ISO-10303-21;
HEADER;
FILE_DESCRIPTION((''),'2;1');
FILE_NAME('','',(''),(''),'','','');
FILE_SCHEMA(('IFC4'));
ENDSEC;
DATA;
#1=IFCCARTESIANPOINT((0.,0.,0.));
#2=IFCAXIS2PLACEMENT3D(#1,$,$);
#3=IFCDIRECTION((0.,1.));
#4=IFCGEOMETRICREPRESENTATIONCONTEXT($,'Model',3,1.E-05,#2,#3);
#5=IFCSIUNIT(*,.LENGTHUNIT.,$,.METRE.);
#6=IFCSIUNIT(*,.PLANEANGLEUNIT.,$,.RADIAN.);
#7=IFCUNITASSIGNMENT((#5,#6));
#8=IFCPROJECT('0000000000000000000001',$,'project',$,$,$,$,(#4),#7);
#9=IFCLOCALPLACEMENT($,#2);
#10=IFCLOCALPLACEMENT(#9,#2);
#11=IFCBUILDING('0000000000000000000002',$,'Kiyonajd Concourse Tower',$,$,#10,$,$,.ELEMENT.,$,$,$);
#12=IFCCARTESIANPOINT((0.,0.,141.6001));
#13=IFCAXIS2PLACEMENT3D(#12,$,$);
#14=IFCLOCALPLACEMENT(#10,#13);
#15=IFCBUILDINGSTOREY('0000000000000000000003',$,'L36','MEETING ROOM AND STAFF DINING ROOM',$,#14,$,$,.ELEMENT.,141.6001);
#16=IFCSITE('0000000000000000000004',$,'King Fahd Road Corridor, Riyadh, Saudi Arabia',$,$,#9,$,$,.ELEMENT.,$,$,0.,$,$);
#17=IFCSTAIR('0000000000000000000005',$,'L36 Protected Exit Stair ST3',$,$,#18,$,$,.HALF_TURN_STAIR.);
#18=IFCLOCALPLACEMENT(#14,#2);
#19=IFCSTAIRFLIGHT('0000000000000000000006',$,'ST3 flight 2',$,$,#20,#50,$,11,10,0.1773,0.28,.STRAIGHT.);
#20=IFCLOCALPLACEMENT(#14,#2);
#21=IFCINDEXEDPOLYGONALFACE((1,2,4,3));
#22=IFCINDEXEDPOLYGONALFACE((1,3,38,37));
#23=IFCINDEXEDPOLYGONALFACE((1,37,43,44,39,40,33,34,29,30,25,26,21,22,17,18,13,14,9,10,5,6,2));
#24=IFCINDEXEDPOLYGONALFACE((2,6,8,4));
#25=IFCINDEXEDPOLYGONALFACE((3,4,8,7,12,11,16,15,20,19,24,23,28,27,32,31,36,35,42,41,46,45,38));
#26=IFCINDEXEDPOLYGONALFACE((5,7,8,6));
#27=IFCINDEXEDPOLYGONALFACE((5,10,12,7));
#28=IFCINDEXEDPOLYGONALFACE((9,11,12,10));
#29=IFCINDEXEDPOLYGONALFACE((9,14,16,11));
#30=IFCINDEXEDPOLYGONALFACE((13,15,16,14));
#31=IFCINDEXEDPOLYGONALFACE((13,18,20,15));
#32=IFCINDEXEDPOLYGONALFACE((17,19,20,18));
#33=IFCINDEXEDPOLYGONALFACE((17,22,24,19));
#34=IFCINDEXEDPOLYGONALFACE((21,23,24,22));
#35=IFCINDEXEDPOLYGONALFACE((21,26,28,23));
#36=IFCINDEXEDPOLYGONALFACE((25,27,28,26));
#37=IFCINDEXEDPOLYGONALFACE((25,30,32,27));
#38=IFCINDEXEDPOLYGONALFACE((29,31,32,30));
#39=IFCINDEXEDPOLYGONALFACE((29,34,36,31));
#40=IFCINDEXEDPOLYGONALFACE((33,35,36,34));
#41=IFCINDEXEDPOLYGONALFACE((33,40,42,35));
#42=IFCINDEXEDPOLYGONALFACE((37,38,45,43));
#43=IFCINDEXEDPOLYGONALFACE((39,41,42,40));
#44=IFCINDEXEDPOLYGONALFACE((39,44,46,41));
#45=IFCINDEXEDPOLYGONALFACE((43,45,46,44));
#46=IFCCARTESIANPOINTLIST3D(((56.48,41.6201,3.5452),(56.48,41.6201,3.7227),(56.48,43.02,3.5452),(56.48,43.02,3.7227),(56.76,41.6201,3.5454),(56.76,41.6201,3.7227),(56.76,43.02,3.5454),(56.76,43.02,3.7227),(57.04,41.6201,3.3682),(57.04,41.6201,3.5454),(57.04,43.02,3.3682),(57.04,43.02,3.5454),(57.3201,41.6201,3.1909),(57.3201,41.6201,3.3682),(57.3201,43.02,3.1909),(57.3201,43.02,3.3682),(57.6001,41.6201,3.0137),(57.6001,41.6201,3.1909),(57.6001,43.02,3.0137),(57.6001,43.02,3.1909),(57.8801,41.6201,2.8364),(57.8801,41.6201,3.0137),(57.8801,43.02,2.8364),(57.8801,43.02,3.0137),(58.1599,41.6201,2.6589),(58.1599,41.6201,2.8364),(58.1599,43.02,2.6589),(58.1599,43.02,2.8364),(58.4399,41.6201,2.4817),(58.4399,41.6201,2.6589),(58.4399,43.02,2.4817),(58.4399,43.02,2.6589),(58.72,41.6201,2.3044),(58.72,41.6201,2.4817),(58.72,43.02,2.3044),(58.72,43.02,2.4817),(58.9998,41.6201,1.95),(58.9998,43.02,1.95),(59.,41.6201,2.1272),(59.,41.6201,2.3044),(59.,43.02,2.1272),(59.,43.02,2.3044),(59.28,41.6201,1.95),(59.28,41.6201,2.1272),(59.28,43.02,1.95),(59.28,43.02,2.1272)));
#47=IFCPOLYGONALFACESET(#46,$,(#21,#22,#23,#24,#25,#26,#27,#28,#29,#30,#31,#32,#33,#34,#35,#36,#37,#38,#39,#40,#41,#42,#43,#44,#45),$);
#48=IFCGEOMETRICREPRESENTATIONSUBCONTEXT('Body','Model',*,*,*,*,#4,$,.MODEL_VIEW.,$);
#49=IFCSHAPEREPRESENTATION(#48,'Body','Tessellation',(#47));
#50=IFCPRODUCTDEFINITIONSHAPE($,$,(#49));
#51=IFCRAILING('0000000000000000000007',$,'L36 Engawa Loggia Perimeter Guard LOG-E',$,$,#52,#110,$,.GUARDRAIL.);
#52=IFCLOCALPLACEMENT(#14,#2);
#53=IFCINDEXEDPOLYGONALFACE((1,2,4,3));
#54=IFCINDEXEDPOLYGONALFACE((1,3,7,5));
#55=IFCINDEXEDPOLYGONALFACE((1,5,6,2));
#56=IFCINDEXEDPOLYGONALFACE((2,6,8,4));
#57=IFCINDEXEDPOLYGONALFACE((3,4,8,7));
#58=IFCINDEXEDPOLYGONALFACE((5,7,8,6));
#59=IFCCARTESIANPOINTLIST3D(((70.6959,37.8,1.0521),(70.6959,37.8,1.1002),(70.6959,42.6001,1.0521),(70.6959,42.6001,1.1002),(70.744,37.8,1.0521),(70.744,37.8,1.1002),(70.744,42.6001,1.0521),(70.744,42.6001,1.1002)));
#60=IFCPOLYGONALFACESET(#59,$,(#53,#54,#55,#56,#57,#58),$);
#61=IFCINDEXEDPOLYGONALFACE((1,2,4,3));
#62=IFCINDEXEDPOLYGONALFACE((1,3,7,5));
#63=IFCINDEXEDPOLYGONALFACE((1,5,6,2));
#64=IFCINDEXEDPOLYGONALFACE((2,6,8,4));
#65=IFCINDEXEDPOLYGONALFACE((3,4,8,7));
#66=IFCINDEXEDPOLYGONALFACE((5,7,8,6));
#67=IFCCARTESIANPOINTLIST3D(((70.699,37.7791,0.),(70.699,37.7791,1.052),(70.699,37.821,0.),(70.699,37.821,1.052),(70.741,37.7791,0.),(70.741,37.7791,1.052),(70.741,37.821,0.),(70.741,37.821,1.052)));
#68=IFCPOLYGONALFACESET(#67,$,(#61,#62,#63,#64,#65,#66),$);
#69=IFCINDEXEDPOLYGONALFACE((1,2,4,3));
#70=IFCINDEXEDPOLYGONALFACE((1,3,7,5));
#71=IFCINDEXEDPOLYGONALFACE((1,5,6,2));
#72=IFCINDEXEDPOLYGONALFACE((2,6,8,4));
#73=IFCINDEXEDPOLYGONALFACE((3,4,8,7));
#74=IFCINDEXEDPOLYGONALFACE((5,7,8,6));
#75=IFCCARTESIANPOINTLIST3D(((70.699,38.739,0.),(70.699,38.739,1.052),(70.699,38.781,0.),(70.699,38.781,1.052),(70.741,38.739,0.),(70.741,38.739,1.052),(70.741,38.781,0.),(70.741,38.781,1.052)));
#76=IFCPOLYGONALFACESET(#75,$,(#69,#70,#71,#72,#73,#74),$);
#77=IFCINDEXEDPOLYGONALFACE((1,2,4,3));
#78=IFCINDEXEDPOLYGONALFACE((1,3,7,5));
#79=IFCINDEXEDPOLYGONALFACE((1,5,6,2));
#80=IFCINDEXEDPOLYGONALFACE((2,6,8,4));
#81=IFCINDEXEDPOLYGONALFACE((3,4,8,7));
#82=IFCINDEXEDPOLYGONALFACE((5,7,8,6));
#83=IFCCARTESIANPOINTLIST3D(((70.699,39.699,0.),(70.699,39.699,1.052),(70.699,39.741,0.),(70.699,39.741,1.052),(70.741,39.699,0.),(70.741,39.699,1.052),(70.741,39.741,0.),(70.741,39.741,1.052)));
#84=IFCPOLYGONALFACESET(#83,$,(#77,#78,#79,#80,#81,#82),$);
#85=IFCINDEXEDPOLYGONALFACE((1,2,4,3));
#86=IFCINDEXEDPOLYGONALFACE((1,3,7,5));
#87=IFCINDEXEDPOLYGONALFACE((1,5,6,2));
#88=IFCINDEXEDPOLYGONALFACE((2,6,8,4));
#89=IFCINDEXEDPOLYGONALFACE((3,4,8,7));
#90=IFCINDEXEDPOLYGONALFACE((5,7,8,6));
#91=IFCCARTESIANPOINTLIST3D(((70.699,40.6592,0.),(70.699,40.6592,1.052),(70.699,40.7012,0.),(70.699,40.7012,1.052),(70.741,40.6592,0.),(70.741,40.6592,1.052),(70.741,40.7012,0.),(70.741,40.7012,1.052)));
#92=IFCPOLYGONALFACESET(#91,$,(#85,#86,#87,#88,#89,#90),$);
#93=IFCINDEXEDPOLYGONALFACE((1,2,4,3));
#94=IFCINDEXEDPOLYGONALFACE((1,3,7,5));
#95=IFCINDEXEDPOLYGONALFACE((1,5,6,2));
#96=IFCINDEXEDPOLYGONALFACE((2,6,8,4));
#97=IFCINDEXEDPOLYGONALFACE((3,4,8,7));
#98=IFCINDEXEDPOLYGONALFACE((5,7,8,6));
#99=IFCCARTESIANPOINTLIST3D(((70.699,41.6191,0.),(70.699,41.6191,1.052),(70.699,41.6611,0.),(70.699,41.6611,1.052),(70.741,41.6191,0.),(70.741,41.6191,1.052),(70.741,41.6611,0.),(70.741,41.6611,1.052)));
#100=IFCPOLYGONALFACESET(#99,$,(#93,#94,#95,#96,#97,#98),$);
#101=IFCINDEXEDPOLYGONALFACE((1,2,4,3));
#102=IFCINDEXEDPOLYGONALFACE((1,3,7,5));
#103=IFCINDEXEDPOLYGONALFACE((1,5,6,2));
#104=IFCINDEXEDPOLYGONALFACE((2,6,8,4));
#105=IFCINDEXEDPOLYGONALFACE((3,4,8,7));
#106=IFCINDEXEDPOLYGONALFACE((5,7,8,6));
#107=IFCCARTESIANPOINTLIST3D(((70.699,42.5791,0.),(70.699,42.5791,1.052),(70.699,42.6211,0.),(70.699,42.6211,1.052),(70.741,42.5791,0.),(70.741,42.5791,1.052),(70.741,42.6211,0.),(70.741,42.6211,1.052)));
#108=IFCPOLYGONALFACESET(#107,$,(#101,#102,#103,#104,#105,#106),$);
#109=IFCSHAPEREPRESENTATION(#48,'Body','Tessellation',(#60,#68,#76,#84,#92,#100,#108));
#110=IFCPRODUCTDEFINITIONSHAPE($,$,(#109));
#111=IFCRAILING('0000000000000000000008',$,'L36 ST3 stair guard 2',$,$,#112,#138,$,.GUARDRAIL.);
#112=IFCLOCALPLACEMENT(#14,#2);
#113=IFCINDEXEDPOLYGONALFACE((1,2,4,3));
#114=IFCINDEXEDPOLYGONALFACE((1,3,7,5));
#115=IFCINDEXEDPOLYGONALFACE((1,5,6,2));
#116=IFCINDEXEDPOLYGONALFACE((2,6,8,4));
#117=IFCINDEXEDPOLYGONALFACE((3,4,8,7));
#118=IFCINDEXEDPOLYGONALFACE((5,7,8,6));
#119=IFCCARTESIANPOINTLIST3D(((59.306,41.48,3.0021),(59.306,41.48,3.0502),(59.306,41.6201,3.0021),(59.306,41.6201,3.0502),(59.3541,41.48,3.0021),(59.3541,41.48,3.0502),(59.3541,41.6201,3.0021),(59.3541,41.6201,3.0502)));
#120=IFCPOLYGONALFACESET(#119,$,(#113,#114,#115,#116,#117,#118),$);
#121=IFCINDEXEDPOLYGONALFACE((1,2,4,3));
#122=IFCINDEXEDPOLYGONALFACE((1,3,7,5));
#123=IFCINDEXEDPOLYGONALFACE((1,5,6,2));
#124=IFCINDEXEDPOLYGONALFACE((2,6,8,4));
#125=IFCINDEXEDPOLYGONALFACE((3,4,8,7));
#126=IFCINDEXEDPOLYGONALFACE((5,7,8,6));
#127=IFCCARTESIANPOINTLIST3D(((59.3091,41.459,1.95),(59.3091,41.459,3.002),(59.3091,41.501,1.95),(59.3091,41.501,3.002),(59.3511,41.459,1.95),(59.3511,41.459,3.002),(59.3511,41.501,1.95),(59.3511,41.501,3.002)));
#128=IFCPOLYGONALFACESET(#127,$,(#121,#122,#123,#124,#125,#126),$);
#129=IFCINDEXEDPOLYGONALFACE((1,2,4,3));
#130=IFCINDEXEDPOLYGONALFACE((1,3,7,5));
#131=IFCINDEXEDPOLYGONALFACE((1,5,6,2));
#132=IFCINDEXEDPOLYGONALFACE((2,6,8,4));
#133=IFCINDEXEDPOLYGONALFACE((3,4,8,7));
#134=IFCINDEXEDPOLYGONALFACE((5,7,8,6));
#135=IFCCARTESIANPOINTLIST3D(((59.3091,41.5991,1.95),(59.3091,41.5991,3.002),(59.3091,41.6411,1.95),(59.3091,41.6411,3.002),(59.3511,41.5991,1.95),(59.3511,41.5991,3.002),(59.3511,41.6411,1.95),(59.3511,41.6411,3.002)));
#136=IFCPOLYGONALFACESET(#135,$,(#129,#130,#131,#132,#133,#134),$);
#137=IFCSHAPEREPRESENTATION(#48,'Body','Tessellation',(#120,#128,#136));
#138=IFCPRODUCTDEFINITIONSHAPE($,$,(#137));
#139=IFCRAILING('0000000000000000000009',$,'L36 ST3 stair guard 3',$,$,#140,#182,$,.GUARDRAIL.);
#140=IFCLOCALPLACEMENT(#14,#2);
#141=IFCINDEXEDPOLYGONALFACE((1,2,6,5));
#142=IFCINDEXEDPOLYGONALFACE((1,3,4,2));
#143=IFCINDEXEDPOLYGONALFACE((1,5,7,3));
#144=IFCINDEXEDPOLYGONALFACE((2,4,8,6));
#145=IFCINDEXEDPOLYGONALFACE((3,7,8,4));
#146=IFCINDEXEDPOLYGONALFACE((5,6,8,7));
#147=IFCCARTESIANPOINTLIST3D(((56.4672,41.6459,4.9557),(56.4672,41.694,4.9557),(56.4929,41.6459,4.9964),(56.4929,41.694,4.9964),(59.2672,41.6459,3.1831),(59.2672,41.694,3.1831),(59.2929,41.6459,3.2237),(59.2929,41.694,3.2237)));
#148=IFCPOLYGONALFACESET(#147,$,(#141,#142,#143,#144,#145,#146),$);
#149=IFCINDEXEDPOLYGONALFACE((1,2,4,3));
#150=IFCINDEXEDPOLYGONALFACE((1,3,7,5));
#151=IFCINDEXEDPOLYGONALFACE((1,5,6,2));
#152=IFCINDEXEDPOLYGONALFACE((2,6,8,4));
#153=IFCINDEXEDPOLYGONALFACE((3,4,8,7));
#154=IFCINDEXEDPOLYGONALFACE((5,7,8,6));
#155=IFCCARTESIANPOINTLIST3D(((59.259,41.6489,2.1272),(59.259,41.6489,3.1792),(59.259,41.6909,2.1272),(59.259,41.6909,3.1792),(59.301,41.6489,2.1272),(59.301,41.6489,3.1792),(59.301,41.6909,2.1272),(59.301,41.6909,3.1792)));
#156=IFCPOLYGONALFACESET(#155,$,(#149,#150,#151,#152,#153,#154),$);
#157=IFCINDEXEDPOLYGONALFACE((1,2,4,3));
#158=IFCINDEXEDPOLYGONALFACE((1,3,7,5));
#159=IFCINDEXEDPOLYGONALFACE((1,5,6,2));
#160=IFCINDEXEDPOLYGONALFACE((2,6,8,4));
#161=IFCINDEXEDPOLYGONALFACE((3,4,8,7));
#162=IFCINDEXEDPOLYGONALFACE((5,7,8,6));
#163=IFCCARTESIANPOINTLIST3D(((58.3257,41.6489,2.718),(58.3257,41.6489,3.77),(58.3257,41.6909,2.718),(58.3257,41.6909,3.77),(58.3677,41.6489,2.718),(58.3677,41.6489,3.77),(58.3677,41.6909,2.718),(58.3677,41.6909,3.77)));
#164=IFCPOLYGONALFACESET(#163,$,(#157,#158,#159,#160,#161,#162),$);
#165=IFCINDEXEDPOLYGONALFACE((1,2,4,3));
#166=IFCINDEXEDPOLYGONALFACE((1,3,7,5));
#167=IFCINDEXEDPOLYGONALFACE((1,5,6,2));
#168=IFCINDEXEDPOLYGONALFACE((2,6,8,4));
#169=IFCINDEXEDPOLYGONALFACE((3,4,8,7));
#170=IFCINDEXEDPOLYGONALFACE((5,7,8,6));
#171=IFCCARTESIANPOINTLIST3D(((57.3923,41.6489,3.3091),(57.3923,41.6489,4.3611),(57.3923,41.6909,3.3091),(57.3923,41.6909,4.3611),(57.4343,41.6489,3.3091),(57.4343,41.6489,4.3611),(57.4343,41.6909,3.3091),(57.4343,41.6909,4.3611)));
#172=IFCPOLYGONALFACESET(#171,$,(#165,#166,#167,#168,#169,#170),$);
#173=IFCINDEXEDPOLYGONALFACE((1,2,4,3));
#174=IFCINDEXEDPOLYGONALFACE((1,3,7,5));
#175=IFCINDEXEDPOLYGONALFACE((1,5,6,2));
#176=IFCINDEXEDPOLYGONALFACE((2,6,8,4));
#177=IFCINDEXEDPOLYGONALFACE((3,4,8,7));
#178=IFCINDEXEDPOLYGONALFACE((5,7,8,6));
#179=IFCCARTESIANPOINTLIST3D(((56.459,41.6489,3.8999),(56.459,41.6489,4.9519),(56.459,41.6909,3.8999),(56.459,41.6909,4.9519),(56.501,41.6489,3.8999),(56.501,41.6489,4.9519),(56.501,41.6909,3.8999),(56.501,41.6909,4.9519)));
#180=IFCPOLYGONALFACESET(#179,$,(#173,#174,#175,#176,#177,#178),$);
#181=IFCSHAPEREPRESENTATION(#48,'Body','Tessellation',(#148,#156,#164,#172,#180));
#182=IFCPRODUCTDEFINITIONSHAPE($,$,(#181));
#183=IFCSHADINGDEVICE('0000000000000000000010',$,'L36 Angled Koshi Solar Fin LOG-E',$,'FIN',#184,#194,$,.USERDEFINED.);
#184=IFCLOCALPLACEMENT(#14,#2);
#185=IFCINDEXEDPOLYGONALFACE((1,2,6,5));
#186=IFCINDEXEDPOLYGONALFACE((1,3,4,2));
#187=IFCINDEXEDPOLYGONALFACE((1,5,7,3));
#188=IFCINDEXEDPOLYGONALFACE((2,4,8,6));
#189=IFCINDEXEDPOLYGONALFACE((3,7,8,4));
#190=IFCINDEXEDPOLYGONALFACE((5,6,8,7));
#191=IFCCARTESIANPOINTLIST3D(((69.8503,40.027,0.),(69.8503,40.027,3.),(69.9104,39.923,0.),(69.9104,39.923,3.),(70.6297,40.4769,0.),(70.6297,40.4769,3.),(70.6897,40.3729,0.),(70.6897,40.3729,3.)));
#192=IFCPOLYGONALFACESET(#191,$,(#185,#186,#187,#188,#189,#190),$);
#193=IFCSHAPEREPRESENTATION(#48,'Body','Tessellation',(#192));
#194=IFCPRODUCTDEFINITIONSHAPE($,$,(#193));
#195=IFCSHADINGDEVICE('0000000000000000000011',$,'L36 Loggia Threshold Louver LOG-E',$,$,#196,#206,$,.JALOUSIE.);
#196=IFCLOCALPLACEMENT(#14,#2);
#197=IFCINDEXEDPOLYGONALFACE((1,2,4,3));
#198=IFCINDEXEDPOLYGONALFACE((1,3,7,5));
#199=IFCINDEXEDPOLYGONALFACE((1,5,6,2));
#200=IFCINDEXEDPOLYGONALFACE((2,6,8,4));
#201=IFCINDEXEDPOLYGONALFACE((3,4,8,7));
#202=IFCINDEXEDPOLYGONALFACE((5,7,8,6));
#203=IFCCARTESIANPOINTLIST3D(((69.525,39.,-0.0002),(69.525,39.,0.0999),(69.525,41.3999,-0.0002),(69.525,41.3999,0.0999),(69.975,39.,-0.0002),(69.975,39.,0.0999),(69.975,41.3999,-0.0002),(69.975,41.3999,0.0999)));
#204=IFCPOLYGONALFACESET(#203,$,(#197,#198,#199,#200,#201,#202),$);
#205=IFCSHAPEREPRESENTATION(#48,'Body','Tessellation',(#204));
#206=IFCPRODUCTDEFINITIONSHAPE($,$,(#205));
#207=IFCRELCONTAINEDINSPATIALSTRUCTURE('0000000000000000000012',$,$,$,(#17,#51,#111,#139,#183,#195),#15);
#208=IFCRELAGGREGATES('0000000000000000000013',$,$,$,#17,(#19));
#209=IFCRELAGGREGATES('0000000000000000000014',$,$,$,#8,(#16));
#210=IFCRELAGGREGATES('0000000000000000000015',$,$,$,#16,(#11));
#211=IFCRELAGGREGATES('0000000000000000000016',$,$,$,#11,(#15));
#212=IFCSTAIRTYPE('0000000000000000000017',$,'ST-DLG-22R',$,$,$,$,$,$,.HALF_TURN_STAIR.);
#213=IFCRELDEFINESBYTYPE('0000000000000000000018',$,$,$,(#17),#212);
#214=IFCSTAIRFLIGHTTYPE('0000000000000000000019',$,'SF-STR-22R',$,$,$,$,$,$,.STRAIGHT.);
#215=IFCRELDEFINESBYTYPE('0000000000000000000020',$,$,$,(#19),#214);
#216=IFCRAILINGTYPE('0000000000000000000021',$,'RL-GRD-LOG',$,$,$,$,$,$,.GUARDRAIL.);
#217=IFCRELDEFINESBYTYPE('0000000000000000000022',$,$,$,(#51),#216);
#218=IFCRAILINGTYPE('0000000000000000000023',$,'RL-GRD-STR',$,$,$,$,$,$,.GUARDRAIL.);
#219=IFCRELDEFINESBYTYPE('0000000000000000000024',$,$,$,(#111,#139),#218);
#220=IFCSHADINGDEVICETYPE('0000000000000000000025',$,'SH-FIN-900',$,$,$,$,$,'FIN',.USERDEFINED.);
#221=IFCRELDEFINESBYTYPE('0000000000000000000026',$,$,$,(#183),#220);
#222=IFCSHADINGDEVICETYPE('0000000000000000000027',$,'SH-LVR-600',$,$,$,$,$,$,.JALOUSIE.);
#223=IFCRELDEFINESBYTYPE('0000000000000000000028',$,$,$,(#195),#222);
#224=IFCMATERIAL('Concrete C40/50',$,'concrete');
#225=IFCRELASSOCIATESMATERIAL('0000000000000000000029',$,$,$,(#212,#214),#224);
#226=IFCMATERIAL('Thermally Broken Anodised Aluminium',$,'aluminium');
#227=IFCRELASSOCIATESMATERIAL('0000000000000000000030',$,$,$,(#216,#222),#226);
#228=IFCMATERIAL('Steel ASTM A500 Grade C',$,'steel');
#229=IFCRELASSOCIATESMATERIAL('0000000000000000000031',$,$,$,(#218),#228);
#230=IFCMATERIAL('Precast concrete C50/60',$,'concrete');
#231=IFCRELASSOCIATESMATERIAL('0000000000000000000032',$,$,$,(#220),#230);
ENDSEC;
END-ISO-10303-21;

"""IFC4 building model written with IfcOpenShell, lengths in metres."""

from ifc_helpers import new_model, si_unit, direction, frame, origin, origin_2d, place, context, subcontext, project, spatial, polyline, rectangle, outline, extrude, material, type_object, element, aggregate, save


model = new_model("IFC4")

# Units and contexts
model_context = context("Model", 3, precision=1e-05, world=origin(), true_north=direction((0.0, 1.0)))
body_context = subcontext(model_context, "Body", "Model", "MODEL_VIEW")
ifc_project = project(units=[si_unit("LENGTHUNIT", "METRE"), si_unit("PLANEANGLEUNIT", "RADIAN")], contexts=[model_context])

# Site, building, storey
site_placement = place(None, origin())
site = spatial("IfcSite", under=ifc_project, at=site_placement, Name="King Fahd Road Corridor, Riyadh, Saudi Arabia", CompositionType="ELEMENT", RefElevation=0.0)
building_placement = place(site_placement, origin())
building = spatial("IfcBuilding", under=site, at=building_placement, Name="Kiyonajd Concourse Tower", CompositionType="ELEMENT")
storey_placement = place(building_placement, frame((0.0, 0.0, 141.6001)))
storey = spatial("IfcBuildingStorey", under=building, at=storey_placement, Name="L36", Description="MEETING ROOM AND STAFF DINING ROOM", CompositionType="ELEMENT", Elevation=141.6001)

# Shared definitions
ifc_material_1 = material(Name="Thermally Broken Anodised Aluminium", Category="aluminium")

# Shared definitions
ifc_material_2 = material(Name="Precast concrete C50/60", Category="concrete")

# Stair, stair flight
ifc_material_3 = material(Name="Concrete C40/50", Category="concrete")
stair_type = type_object("IfcStairType", Name="ST-DLG-22R", PredefinedType="HALF_TURN_STAIR", material=ifc_material_3)
stair_placement = place(storey_placement, origin())
stair = element("IfcStair", 1, at=stair_placement, inside=storey, type_object=stair_type, Name="L36 Protected Exit Stair ST3", PredefinedType="HALF_TURN_STAIR")
stair_flight_type = type_object("IfcStairFlightType", Name="SF-STR-22R", PredefinedType="STRAIGHT", material=ifc_material_3)
stair_flight_placement = place(storey_placement, frame((59.28, 42.3201, 1.95), z_axis=(0.0, 0.0, 1.0), x_axis=(-1.0, 0.0, 0.0)))
stair_flight = element("IfcStairFlight", 2, at=stair_flight_placement, type_object=stair_flight_type, Name="ST3 flight 2", NumberOfRisers=11, NumberOfTreads=10, PredefinedType="STRAIGHT", RiserHeight=0.1773, TreadLength=0.28, context=body_context, shape_type="SweptSolid", body=[
    extrude(outline(polyline([(0.0, 0.0), (0.0, 0.1772), (0.28, 0.1772), (0.28, 0.3545), (0.5601, 0.3545), (0.5601, 0.5317), (0.8401, 0.5317), (0.8401, 0.709), (1.1201, 0.709), (1.1201, 0.8865), (1.3999, 0.8865), (1.3999, 1.0637), (1.6799, 1.0637), (1.6799, 1.241), (1.96, 1.241), (1.96, 1.4182), (2.24, 1.4182), (2.24, 1.5955), (2.52, 1.5955), (2.52, 1.7727), (2.8, 1.7727), (2.8, 1.95), (2.8, 1.5952), (0.2803, 0.0), (0.0, 0.0)])), frame((0.0, 0.7, 0.0), z_axis=(0.0, -1.0, 0.0), x_axis=(1.0, 0.0, 0.0)), (0.0, 0.0, 1.0), 1.3999),
])
aggregate(stair, [stair_flight])

# Railings
railing_type_1 = type_object("IfcRailingType", Name="RL-GRD-LOG", PredefinedType="GUARDRAIL", material=ifc_material_1)
railing_1_placement = place(storey_placement, frame((70.72, 37.8, 0.0)))
element("IfcRailing", 3, at=railing_1_placement, inside=storey, type_object=railing_type_1, Name="L36 Engawa Loggia Perimeter Guard LOG-E", PredefinedType="GUARDRAIL", context=body_context, shape_type="SweptSolid", body=[
    extrude(rectangle(XDim=0.0481, YDim=0.0481, at=origin_2d()), frame((0.0, 0.0, 1.0762), z_axis=(0.0, 1.0, 0.0), x_axis=(-1.0, 0.0, 0.0)), (0.0, 0.0, 1.0), 4.8),
    extrude(rectangle(XDim=0.042, YDim=0.042, at=origin_2d()), origin(), (0.0, 0.0, 1.0), 1.052),
    extrude(rectangle(XDim=0.042, YDim=0.042, at=origin_2d()), frame((0.0, 0.96, 0.0)), (0.0, 0.0, 1.0), 1.052),
    extrude(rectangle(XDim=0.042, YDim=0.042, at=origin_2d()), frame((0.0, 1.9199, 0.0)), (0.0, 0.0, 1.0), 1.052),
    extrude(rectangle(XDim=0.042, YDim=0.042, at=origin_2d()), frame((0.0, 2.8801, 0.0)), (0.0, 0.0, 1.0), 1.052),
    extrude(rectangle(XDim=0.042, YDim=0.042, at=origin_2d()), frame((0.0, 3.8401, 0.0)), (0.0, 0.0, 1.0), 1.052),
    extrude(rectangle(XDim=0.042, YDim=0.042, at=origin_2d()), frame((0.0, 4.8, 0.0)), (0.0, 0.0, 1.0), 1.052),
])
ifc_material_4 = material(Name="Steel ASTM A500 Grade C", Category="steel")
railing_type_2 = type_object("IfcRailingType", Name="RL-GRD-STR", PredefinedType="GUARDRAIL", material=ifc_material_4)
railing_2_placement = place(storey_placement, frame((59.3301, 41.48, 1.95)))
element("IfcRailing", 4, at=railing_2_placement, inside=storey, type_object=railing_type_2, Name="L36 ST3 stair guard 2", PredefinedType="GUARDRAIL", context=body_context, shape_type="SweptSolid", body=[
    extrude(rectangle(XDim=0.0481, YDim=0.0481, at=origin_2d()), frame((0.0, 0.0, 1.0762), z_axis=(0.0, 1.0, 0.0), x_axis=(-1.0, 0.0, 0.0)), (0.0, 0.0, 1.0), 0.1401),
    extrude(rectangle(XDim=0.042, YDim=0.042, at=origin_2d()), origin(), (0.0, 0.0, 1.0), 1.052),
    extrude(rectangle(XDim=0.042, YDim=0.042, at=origin_2d()), frame((0.0, 0.1401, 0.0)), (0.0, 0.0, 1.0), 1.052),
])
railing_3_placement = place(storey_placement, frame((59.28, 41.6699, 2.1272)))
element("IfcRailing", 5, at=railing_3_placement, inside=storey, type_object=railing_type_2, Name="L36 ST3 stair guard 3", PredefinedType="GUARDRAIL", context=body_context, shape_type="SweptSolid", body=[
    extrude(rectangle(XDim=0.0481, YDim=0.0481, at=origin_2d()), frame((0.0, 0.0, 1.0762), z_axis=(-0.844909, 0.0, 0.53491), x_axis=(0.0, -1.0, 0.0)), (0.0, 0.0, 1.0), 3.314),
    extrude(rectangle(XDim=0.042, YDim=0.042, at=origin_2d()), origin(), (0.0, 0.0, 1.0), 1.052),
    extrude(rectangle(XDim=0.042, YDim=0.042, at=origin_2d()), frame((-0.9333, 0.0, 0.5908)), (0.0, 0.0, 1.0), 1.052),
    extrude(rectangle(XDim=0.042, YDim=0.042, at=origin_2d()), frame((-1.8667, 0.0, 1.1819)), (0.0, 0.0, 1.0), 1.052),
    extrude(rectangle(XDim=0.042, YDim=0.042, at=origin_2d()), frame((-2.8, 0.0, 1.7727)), (0.0, 0.0, 1.0), 1.052),
])

# Shading devices
shading_device_type_1 = type_object("IfcShadingDeviceType", Name="SH-FIN-900", ElementType="FIN", PredefinedType="USERDEFINED", material=ifc_material_2)
shading_device_1_placement = place(storey_placement, frame((70.27, 40.2, 0.0), z_axis=(0.0, 0.0, 1.0), x_axis=(0.866025, 0.5, 0.0)))
element("IfcShadingDevice", 6, at=shading_device_1_placement, inside=storey, type_object=shading_device_type_1, Name="L36 Angled Koshi Solar Fin LOG-E", ObjectType="FIN", PredefinedType="USERDEFINED", context=body_context, shape_type="SweptSolid", body=[
    extrude(rectangle(XDim=0.8999, YDim=0.1201, at=origin_2d()), origin(), (0.0, 0.0, 1.0), 3.0),
])
shading_device_type_2 = type_object("IfcShadingDeviceType", Name="SH-LVR-600", PredefinedType="JALOUSIE", material=ifc_material_1)
shading_device_2_placement = place(storey_placement, frame((69.75, 40.2, -0.0002), z_axis=(0.0, 0.0, 1.0), x_axis=(0.0, 1.0, 0.0)))
element("IfcShadingDevice", 7, at=shading_device_2_placement, inside=storey, type_object=shading_device_type_2, Name="L36 Loggia Threshold Louver LOG-E", PredefinedType="JALOUSIE", context=body_context, shape_type="SweptSolid", body=[
    extrude(rectangle(XDim=2.3999, YDim=0.45, at=origin_2d()), origin(), (0.0, 0.0, 1.0), 0.1001),
])

save(model, "model.ifc")
